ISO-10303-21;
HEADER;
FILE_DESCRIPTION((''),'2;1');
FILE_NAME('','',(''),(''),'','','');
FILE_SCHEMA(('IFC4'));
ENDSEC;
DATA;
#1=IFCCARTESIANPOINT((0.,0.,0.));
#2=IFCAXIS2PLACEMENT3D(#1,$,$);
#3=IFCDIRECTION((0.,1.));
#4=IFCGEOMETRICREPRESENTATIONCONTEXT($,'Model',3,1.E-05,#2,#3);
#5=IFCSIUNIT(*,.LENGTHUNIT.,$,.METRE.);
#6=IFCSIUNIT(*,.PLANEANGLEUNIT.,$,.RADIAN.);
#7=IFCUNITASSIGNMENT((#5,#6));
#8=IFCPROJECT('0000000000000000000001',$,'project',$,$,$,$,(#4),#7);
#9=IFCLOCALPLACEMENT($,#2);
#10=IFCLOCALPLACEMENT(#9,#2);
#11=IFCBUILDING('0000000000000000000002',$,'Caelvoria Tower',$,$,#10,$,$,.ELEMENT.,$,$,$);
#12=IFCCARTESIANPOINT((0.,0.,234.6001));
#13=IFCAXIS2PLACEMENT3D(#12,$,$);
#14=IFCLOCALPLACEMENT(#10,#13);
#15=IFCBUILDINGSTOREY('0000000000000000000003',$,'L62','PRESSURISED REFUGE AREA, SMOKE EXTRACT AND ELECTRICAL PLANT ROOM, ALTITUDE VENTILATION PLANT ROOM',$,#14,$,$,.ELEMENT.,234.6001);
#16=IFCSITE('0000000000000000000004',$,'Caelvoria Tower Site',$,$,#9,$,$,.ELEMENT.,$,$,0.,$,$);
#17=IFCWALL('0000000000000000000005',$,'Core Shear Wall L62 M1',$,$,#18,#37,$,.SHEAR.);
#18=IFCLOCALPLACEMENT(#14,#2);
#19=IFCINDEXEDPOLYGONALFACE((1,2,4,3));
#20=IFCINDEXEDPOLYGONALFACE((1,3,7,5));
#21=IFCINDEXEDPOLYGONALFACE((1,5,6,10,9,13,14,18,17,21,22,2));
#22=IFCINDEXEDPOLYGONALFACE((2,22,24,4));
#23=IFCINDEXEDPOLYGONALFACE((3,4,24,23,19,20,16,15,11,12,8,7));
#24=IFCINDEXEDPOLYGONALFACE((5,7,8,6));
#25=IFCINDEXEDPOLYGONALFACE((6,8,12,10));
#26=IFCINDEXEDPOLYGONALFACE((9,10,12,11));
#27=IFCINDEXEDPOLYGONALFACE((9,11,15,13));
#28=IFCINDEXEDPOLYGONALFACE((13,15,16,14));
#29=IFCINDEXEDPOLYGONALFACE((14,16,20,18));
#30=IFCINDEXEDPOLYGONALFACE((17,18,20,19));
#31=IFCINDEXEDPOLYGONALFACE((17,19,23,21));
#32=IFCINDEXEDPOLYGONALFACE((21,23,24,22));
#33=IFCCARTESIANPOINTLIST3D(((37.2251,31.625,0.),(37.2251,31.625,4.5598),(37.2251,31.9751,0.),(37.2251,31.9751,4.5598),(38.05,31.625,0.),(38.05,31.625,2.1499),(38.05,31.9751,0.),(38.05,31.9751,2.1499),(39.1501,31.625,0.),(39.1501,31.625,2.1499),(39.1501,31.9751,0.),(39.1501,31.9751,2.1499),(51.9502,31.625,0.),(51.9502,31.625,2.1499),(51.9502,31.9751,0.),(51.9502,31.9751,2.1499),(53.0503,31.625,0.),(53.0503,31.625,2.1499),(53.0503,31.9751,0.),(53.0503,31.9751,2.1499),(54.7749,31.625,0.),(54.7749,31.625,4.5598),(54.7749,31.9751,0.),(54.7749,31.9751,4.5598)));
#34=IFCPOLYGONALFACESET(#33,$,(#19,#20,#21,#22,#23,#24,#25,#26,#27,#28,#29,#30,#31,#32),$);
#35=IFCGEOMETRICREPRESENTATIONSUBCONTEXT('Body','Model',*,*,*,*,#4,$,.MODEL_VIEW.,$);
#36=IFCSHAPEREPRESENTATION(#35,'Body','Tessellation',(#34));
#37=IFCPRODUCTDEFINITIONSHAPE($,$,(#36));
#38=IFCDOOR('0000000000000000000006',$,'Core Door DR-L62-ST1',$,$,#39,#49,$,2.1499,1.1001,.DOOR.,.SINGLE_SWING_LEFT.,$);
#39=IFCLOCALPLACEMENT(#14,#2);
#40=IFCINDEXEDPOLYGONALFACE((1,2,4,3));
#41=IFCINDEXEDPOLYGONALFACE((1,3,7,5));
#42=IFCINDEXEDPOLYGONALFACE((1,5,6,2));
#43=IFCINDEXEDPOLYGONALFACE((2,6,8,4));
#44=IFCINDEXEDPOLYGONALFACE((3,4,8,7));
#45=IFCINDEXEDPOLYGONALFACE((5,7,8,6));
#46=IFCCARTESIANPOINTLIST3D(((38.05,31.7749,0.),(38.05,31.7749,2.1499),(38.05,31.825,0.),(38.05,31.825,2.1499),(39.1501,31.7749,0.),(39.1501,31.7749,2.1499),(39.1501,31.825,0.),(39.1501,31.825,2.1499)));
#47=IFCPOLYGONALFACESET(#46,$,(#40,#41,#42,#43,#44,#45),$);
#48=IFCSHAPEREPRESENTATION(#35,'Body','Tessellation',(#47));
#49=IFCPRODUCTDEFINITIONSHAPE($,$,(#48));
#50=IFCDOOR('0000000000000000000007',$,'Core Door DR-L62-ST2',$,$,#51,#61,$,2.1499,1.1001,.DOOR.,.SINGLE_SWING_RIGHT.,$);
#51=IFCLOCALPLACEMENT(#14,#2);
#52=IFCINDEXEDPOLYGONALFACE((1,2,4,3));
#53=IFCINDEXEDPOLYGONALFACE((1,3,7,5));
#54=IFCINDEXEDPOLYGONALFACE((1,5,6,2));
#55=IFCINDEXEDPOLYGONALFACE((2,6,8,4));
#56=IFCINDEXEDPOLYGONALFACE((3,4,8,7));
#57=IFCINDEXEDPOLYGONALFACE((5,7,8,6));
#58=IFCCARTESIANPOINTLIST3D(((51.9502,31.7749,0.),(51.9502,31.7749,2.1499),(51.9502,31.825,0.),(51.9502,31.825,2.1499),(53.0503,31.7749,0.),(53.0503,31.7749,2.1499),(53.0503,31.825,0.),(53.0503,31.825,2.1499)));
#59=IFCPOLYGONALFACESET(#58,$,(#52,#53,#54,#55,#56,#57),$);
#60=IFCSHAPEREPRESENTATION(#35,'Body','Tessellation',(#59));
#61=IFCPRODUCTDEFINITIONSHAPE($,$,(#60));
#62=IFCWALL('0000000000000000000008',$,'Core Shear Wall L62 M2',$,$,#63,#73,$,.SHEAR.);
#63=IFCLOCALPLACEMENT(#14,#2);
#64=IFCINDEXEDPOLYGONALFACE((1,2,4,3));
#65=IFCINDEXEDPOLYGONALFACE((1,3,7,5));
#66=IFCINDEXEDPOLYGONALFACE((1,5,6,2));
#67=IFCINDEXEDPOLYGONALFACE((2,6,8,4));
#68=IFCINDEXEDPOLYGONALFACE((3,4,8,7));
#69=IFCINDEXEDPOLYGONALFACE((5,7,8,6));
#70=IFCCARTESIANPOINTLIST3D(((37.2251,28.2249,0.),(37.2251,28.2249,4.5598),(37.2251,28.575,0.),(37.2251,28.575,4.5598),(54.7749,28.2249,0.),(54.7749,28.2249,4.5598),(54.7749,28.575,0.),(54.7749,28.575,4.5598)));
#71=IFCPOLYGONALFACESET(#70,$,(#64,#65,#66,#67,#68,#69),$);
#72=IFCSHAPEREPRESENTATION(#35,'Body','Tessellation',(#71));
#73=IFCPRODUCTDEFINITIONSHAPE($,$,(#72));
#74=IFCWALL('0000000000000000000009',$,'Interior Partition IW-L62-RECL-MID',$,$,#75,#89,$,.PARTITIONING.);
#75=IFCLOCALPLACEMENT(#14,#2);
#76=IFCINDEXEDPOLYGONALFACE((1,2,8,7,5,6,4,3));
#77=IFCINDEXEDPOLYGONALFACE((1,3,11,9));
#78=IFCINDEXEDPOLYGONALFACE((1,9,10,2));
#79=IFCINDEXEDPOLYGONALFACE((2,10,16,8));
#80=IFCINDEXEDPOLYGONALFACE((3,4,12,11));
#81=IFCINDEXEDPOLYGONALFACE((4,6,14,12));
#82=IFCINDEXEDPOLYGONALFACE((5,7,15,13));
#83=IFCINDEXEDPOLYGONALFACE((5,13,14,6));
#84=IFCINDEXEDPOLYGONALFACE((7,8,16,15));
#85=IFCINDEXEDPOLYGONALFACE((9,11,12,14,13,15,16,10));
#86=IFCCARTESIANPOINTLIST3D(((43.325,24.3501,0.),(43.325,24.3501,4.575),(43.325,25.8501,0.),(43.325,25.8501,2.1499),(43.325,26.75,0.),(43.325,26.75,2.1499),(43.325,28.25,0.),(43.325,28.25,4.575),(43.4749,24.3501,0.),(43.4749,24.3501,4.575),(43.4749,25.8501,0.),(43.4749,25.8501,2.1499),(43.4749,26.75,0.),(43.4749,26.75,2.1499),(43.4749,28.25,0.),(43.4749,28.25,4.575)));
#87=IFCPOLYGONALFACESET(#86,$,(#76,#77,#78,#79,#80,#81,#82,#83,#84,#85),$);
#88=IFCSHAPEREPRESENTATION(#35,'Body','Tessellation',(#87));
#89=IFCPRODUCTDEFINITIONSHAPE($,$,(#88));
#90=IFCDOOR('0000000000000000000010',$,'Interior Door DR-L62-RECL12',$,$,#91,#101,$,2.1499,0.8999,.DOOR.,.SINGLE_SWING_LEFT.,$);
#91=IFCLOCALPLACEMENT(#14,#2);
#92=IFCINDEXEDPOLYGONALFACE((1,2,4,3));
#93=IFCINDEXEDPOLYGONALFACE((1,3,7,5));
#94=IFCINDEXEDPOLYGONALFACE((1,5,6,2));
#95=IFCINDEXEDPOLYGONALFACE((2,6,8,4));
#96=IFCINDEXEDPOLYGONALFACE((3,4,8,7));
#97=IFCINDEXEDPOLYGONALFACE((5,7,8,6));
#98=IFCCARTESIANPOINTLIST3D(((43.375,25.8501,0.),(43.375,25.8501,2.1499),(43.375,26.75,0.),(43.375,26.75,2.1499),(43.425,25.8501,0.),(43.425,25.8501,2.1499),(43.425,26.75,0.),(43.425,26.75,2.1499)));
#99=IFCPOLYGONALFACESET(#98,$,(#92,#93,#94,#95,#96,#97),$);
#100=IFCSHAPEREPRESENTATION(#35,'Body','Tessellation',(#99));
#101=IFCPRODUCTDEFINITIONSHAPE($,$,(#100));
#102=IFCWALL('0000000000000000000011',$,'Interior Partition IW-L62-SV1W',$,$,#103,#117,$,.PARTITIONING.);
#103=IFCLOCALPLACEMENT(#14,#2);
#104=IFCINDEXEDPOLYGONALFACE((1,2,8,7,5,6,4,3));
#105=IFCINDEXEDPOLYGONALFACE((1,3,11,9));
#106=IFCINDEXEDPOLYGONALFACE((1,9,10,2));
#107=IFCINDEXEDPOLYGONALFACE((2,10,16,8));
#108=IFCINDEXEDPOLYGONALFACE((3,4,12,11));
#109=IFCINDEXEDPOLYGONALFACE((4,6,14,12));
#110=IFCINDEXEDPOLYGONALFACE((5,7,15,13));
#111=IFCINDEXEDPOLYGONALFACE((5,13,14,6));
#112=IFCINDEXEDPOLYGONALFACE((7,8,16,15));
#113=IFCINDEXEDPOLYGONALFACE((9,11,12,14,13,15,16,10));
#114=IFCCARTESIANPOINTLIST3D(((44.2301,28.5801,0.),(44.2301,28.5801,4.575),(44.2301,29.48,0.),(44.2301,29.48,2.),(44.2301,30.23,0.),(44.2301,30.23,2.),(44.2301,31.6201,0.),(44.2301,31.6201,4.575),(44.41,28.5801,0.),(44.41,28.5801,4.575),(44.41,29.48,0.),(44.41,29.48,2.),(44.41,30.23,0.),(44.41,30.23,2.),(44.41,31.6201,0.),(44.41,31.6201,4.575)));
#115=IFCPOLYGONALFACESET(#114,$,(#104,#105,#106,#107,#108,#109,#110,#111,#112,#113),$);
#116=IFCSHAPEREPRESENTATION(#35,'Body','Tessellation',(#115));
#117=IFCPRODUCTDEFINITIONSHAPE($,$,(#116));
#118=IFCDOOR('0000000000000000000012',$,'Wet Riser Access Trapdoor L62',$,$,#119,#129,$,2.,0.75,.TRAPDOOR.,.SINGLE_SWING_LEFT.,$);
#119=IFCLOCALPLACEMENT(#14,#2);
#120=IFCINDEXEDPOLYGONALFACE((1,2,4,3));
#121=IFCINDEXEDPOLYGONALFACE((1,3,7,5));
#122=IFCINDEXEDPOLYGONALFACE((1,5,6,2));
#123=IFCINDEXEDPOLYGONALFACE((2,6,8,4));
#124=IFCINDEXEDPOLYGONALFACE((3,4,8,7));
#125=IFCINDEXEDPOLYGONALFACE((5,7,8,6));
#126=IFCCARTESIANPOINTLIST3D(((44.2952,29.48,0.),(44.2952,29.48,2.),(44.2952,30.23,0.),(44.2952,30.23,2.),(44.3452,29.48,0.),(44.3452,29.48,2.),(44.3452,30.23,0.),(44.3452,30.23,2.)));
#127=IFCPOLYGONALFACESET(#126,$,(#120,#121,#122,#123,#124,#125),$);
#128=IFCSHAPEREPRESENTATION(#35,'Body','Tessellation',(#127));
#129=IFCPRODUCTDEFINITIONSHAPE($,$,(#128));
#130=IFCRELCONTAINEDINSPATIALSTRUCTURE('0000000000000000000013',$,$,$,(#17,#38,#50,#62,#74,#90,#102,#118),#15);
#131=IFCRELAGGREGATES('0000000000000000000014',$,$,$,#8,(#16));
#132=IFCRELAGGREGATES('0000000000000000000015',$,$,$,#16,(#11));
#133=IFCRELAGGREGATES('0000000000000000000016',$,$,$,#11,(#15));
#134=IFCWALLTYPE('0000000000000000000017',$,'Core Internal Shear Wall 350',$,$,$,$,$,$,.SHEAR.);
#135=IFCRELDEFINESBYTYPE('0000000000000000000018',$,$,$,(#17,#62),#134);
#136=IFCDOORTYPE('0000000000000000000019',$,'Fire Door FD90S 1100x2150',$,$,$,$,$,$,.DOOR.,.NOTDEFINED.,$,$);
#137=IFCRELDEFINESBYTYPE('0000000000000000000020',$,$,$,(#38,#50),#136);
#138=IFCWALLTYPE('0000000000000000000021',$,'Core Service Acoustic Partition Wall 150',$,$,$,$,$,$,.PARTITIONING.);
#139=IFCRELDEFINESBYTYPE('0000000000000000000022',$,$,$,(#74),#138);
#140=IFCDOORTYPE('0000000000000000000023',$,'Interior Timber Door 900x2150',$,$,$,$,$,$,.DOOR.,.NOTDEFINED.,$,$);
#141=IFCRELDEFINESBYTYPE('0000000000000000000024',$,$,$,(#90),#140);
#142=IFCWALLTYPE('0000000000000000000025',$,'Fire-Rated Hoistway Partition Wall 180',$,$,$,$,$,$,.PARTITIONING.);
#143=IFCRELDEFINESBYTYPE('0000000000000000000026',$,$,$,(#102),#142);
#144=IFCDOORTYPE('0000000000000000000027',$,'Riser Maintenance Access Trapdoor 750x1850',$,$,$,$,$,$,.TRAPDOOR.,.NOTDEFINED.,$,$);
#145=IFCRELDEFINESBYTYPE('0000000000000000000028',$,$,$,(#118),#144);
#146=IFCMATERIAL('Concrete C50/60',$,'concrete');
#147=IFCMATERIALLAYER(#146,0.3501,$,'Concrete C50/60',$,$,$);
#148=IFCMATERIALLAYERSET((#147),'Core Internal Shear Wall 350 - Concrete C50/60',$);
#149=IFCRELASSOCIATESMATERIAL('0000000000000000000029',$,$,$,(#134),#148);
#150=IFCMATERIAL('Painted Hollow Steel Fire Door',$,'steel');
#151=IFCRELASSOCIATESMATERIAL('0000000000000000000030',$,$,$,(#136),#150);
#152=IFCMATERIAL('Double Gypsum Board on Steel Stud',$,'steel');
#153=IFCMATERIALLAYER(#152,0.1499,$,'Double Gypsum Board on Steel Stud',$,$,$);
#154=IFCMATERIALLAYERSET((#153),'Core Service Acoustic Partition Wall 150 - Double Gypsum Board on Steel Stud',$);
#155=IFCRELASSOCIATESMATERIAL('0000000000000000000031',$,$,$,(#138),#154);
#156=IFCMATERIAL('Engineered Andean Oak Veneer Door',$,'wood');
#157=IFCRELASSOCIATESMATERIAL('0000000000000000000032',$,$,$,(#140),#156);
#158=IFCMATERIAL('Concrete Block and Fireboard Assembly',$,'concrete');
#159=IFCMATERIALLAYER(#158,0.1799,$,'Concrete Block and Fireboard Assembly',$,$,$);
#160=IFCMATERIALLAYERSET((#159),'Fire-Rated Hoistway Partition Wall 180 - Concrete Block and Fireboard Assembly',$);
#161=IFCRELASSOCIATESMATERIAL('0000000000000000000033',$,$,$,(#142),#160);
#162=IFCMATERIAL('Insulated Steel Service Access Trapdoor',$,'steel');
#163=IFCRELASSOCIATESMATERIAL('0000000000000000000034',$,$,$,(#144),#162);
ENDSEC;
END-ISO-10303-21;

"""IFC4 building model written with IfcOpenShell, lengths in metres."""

from ifc_helpers import new_model, si_unit, direction, frame, frame_2d, origin, place, context, subcontext, project, spatial, rectangle, extrude, material, layer, layer_set, type_object, element, fill, save


model = new_model("IFC4")

# Units and contexts
model_context = context("Model", 3, precision=1e-05, world=origin(), true_north=direction((0.0, 1.0)))
body_context = subcontext(model_context, "Body", "Model", "MODEL_VIEW")
ifc_project = project(units=[si_unit("LENGTHUNIT", "METRE"), si_unit("PLANEANGLEUNIT", "RADIAN")], contexts=[model_context])

# Site, building, storey
site_placement = place(None, origin())
site = spatial("IfcSite", under=ifc_project, at=site_placement, Name="Caelvoria Tower Site", CompositionType="ELEMENT", RefElevation=0.0)
building_placement = place(site_placement, origin())
building = spatial("IfcBuilding", under=site, at=building_placement, Name="Caelvoria Tower", CompositionType="ELEMENT")
storey_placement = place(building_placement, frame((0.0, 0.0, 234.6001)))
storey = spatial("IfcBuildingStorey", under=building, at=storey_placement, Name="L62", Description="PRESSURISED REFUGE AREA, SMOKE EXTRACT AND ELECTRICAL PLANT ROOM, ALTITUDE VENTILATION PLANT ROOM", CompositionType="ELEMENT", Elevation=234.6001)

# Wall, openings, doors
ifc_material_1 = material(Name="Concrete C50/60", Category="concrete")
ifc_layer_1 = layer(ifc_material_1, 0.3501, Name="Concrete C50/60")
ifc_layer_set_1 = layer_set([ifc_layer_1], Name="Core Internal Shear Wall 350 - Concrete C50/60")
wall_type_1 = type_object("IfcWallType", Name="Core Internal Shear Wall 350", PredefinedType="SHEAR", material=ifc_layer_set_1)
wall_1_placement = place(storey_placement, frame((37.2251, 31.8, 0.0), z_axis=(0.0, 0.0, 1.0), x_axis=(1.0, 0.0, 0.0)))
wall_1 = element("IfcWall", 1, at=wall_1_placement, inside=storey, type_object=wall_type_1, Name="Core Shear Wall L62 M1", PredefinedType="SHEAR", context=body_context, shape_type="SweptSolid", body=[
    extrude(rectangle(XDim=17.5498, YDim=0.3501, at=frame_2d((8.7749, 0.0))), origin(), (0.0, 0.0, 1.0), 4.5598),
])
opening_1_placement = place(wall_1_placement, frame((0.825, 0.0, 0.0)))
opening_1 = element("IfcOpeningElement", 2, at=opening_1_placement, cuts=wall_1, PredefinedType="OPENING", context=body_context, shape_type="SweptSolid", body=[
    extrude(rectangle(XDim=1.1001, YDim=2.1499, at=frame_2d((0.55, 1.075))), frame((0.0, 0.1851, 0.0), z_axis=(0.0, -1.0, 0.0), x_axis=(1.0, 0.0, 0.0)), (0.0, 0.0, 1.0), 0.3701),
])
opening_2_placement = place(wall_1_placement, frame((14.7251, 0.0, 0.0)))
opening_2 = element("IfcOpeningElement", 3, at=opening_2_placement, cuts=wall_1, PredefinedType="OPENING", context=body_context, shape_type="SweptSolid", body=[
    extrude(rectangle(XDim=1.1001, YDim=2.1499, at=frame_2d((0.55, 1.075))), frame((0.0, 0.1851, 0.0), z_axis=(0.0, -1.0, 0.0), x_axis=(1.0, 0.0, 0.0)), (0.0, 0.0, 1.0), 0.3701),
])
ifc_material_2 = material(Name="Painted Hollow Steel Fire Door", Category="steel")
door_type_1 = type_object("IfcDoorType", Name="Fire Door FD90S 1100x2150", OperationType="NOTDEFINED", PredefinedType="DOOR", material=ifc_material_2)
door_1_placement = place(opening_1_placement, origin())
door_1 = element("IfcDoor", 4, at=door_1_placement, inside=storey, type_object=door_type_1, Name="Core Door DR-L62-ST1", OperationType="SINGLE_SWING_LEFT", OverallHeight=2.1499, OverallWidth=1.1001, PredefinedType="DOOR", context=body_context, shape_type="SweptSolid", body=[
    extrude(rectangle(XDim=1.1001, YDim=2.1499, at=frame_2d((0.55, 1.075))), frame((0.0, 0.0249, 0.0), z_axis=(0.0, -1.0, 0.0), x_axis=(1.0, 0.0, 0.0)), (0.0, 0.0, 1.0), 0.05),
])
fill(opening_1, door_1)
door_2_placement = place(opening_2_placement, origin())
door_2 = element("IfcDoor", 5, at=door_2_placement, inside=storey, type_object=door_type_1, Name="Core Door DR-L62-ST2", OperationType="SINGLE_SWING_RIGHT", OverallHeight=2.1499, OverallWidth=1.1001, PredefinedType="DOOR", context=body_context, shape_type="SweptSolid", body=[
    extrude(rectangle(XDim=1.1001, YDim=2.1499, at=frame_2d((0.55, 1.075))), frame((0.0, 0.0249, 0.0), z_axis=(0.0, -1.0, 0.0), x_axis=(1.0, 0.0, 0.0)), (0.0, 0.0, 1.0), 0.05),
])
fill(opening_2, door_2)

# Wall
wall_2_placement = place(storey_placement, frame((37.2251, 28.3999, 0.0), z_axis=(0.0, 0.0, 1.0), x_axis=(1.0, 0.0, 0.0)))
element("IfcWall", 6, at=wall_2_placement, inside=storey, type_object=wall_type_1, Name="Core Shear Wall L62 M2", PredefinedType="SHEAR", context=body_context, shape_type="SweptSolid", body=[
    extrude(rectangle(XDim=17.5498, YDim=0.3501, at=frame_2d((8.7749, 0.0))), origin(), (0.0, 0.0, 1.0), 4.5598),
])

# Walls, openings, doors
ifc_material_3 = material(Name="Double Gypsum Board on Steel Stud", Category="steel")
ifc_layer_2 = layer(ifc_material_3, 0.1499, Name="Double Gypsum Board on Steel Stud")
ifc_layer_set_2 = layer_set([ifc_layer_2], Name="Core Service Acoustic Partition Wall 150 - Double Gypsum Board on Steel Stud")
wall_type_2 = type_object("IfcWallType", Name="Core Service Acoustic Partition Wall 150", PredefinedType="PARTITIONING", material=ifc_layer_set_2)
wall_3_placement = place(storey_placement, frame((43.3999, 24.3501, 0.0), z_axis=(0.0, 0.0, 1.0), x_axis=(0.0, 1.0, 0.0)))
wall_3 = element("IfcWall", 7, at=wall_3_placement, inside=storey, type_object=wall_type_2, Name="Interior Partition IW-L62-RECL-MID", PredefinedType="PARTITIONING", context=body_context, shape_type="SweptSolid", body=[
    extrude(rectangle(XDim=3.8999, YDim=0.1499, at=frame_2d((1.95, 0.0))), origin(), (0.0, 0.0, 1.0), 4.575),
])
opening_3_placement = place(wall_3_placement, frame((1.5, 0.0, 0.0)))
opening_3 = element("IfcOpeningElement", 8, at=opening_3_placement, cuts=wall_3, PredefinedType="OPENING", context=body_context, shape_type="SweptSolid", body=[
    extrude(rectangle(XDim=0.8999, YDim=2.1499, at=frame_2d((0.45, 1.075))), frame((0.0, 0.085, 0.0), z_axis=(0.0, -1.0, 0.0), x_axis=(1.0, 0.0, 0.0)), (0.0, 0.0, 1.0), 0.1699),
])
ifc_material_4 = material(Name="Engineered Andean Oak Veneer Door", Category="wood")
door_type_2 = type_object("IfcDoorType", Name="Interior Timber Door 900x2150", OperationType="NOTDEFINED", PredefinedType="DOOR", material=ifc_material_4)
door_3_placement = place(opening_3_placement, origin())
door_3 = element("IfcDoor", 9, at=door_3_placement, inside=storey, type_object=door_type_2, Name="Interior Door DR-L62-RECL12", OperationType="SINGLE_SWING_LEFT", OverallHeight=2.1499, OverallWidth=0.8999, PredefinedType="DOOR", context=body_context, shape_type="SweptSolid", body=[
    extrude(rectangle(XDim=0.8999, YDim=2.1499, at=frame_2d((0.45, 1.075))), frame((0.0, 0.0249, 0.0), z_axis=(0.0, -1.0, 0.0), x_axis=(1.0, 0.0, 0.0)), (0.0, 0.0, 1.0), 0.05),
])
fill(opening_3, door_3)
ifc_material_5 = material(Name="Concrete Block and Fireboard Assembly", Category="concrete")
ifc_layer_3 = layer(ifc_material_5, 0.1799, Name="Concrete Block and Fireboard Assembly")
ifc_layer_set_3 = layer_set([ifc_layer_3], Name="Fire-Rated Hoistway Partition Wall 180 - Concrete Block and Fireboard Assembly")
wall_type_3 = type_object("IfcWallType", Name="Fire-Rated Hoistway Partition Wall 180", PredefinedType="PARTITIONING", material=ifc_layer_set_3)
wall_4_placement = place(storey_placement, frame((44.3201, 28.5801, 0.0), z_axis=(0.0, 0.0, 1.0), x_axis=(0.0, 1.0, 0.0)))
wall_4 = element("IfcWall", 10, at=wall_4_placement, inside=storey, type_object=wall_type_3, Name="Interior Partition IW-L62-SV1W", PredefinedType="PARTITIONING", context=body_context, shape_type="SweptSolid", body=[
    extrude(rectangle(XDim=3.04, YDim=0.1799, at=frame_2d((1.52, 0.0))), origin(), (0.0, 0.0, 1.0), 4.575),
])
opening_4_placement = place(wall_4_placement, frame((0.8999, 0.0, 0.0)))
opening_4 = element("IfcOpeningElement", 11, at=opening_4_placement, cuts=wall_4, PredefinedType="OPENING", context=body_context, shape_type="SweptSolid", body=[
    extrude(rectangle(XDim=0.75, YDim=2.0, at=frame_2d((0.375, 1.0))), frame((0.0, 0.0999, 0.0), z_axis=(0.0, -1.0, 0.0), x_axis=(1.0, 0.0, 0.0)), (0.0, 0.0, 1.0), 0.2),
])
ifc_material_6 = material(Name="Insulated Steel Service Access Trapdoor", Category="steel")
door_type_3 = type_object("IfcDoorType", Name="Riser Maintenance Access Trapdoor 750x1850", OperationType="NOTDEFINED", PredefinedType="TRAPDOOR", material=ifc_material_6)
door_4_placement = place(opening_4_placement, origin())
door_4 = element("IfcDoor", 12, at=door_4_placement, inside=storey, type_object=door_type_3, Name="Wet Riser Access Trapdoor L62", OperationType="SINGLE_SWING_LEFT", OverallHeight=2.0, OverallWidth=0.75, PredefinedType="TRAPDOOR", context=body_context, shape_type="SweptSolid", body=[
    extrude(rectangle(XDim=0.75, YDim=2.0, at=frame_2d((0.375, 1.0))), frame((0.0, 0.0249, 0.0), z_axis=(0.0, -1.0, 0.0), x_axis=(1.0, 0.0, 0.0)), (0.0, 0.0, 1.0), 0.05),
])
fill(opening_4, door_4)

save(model, "model.ifc")
